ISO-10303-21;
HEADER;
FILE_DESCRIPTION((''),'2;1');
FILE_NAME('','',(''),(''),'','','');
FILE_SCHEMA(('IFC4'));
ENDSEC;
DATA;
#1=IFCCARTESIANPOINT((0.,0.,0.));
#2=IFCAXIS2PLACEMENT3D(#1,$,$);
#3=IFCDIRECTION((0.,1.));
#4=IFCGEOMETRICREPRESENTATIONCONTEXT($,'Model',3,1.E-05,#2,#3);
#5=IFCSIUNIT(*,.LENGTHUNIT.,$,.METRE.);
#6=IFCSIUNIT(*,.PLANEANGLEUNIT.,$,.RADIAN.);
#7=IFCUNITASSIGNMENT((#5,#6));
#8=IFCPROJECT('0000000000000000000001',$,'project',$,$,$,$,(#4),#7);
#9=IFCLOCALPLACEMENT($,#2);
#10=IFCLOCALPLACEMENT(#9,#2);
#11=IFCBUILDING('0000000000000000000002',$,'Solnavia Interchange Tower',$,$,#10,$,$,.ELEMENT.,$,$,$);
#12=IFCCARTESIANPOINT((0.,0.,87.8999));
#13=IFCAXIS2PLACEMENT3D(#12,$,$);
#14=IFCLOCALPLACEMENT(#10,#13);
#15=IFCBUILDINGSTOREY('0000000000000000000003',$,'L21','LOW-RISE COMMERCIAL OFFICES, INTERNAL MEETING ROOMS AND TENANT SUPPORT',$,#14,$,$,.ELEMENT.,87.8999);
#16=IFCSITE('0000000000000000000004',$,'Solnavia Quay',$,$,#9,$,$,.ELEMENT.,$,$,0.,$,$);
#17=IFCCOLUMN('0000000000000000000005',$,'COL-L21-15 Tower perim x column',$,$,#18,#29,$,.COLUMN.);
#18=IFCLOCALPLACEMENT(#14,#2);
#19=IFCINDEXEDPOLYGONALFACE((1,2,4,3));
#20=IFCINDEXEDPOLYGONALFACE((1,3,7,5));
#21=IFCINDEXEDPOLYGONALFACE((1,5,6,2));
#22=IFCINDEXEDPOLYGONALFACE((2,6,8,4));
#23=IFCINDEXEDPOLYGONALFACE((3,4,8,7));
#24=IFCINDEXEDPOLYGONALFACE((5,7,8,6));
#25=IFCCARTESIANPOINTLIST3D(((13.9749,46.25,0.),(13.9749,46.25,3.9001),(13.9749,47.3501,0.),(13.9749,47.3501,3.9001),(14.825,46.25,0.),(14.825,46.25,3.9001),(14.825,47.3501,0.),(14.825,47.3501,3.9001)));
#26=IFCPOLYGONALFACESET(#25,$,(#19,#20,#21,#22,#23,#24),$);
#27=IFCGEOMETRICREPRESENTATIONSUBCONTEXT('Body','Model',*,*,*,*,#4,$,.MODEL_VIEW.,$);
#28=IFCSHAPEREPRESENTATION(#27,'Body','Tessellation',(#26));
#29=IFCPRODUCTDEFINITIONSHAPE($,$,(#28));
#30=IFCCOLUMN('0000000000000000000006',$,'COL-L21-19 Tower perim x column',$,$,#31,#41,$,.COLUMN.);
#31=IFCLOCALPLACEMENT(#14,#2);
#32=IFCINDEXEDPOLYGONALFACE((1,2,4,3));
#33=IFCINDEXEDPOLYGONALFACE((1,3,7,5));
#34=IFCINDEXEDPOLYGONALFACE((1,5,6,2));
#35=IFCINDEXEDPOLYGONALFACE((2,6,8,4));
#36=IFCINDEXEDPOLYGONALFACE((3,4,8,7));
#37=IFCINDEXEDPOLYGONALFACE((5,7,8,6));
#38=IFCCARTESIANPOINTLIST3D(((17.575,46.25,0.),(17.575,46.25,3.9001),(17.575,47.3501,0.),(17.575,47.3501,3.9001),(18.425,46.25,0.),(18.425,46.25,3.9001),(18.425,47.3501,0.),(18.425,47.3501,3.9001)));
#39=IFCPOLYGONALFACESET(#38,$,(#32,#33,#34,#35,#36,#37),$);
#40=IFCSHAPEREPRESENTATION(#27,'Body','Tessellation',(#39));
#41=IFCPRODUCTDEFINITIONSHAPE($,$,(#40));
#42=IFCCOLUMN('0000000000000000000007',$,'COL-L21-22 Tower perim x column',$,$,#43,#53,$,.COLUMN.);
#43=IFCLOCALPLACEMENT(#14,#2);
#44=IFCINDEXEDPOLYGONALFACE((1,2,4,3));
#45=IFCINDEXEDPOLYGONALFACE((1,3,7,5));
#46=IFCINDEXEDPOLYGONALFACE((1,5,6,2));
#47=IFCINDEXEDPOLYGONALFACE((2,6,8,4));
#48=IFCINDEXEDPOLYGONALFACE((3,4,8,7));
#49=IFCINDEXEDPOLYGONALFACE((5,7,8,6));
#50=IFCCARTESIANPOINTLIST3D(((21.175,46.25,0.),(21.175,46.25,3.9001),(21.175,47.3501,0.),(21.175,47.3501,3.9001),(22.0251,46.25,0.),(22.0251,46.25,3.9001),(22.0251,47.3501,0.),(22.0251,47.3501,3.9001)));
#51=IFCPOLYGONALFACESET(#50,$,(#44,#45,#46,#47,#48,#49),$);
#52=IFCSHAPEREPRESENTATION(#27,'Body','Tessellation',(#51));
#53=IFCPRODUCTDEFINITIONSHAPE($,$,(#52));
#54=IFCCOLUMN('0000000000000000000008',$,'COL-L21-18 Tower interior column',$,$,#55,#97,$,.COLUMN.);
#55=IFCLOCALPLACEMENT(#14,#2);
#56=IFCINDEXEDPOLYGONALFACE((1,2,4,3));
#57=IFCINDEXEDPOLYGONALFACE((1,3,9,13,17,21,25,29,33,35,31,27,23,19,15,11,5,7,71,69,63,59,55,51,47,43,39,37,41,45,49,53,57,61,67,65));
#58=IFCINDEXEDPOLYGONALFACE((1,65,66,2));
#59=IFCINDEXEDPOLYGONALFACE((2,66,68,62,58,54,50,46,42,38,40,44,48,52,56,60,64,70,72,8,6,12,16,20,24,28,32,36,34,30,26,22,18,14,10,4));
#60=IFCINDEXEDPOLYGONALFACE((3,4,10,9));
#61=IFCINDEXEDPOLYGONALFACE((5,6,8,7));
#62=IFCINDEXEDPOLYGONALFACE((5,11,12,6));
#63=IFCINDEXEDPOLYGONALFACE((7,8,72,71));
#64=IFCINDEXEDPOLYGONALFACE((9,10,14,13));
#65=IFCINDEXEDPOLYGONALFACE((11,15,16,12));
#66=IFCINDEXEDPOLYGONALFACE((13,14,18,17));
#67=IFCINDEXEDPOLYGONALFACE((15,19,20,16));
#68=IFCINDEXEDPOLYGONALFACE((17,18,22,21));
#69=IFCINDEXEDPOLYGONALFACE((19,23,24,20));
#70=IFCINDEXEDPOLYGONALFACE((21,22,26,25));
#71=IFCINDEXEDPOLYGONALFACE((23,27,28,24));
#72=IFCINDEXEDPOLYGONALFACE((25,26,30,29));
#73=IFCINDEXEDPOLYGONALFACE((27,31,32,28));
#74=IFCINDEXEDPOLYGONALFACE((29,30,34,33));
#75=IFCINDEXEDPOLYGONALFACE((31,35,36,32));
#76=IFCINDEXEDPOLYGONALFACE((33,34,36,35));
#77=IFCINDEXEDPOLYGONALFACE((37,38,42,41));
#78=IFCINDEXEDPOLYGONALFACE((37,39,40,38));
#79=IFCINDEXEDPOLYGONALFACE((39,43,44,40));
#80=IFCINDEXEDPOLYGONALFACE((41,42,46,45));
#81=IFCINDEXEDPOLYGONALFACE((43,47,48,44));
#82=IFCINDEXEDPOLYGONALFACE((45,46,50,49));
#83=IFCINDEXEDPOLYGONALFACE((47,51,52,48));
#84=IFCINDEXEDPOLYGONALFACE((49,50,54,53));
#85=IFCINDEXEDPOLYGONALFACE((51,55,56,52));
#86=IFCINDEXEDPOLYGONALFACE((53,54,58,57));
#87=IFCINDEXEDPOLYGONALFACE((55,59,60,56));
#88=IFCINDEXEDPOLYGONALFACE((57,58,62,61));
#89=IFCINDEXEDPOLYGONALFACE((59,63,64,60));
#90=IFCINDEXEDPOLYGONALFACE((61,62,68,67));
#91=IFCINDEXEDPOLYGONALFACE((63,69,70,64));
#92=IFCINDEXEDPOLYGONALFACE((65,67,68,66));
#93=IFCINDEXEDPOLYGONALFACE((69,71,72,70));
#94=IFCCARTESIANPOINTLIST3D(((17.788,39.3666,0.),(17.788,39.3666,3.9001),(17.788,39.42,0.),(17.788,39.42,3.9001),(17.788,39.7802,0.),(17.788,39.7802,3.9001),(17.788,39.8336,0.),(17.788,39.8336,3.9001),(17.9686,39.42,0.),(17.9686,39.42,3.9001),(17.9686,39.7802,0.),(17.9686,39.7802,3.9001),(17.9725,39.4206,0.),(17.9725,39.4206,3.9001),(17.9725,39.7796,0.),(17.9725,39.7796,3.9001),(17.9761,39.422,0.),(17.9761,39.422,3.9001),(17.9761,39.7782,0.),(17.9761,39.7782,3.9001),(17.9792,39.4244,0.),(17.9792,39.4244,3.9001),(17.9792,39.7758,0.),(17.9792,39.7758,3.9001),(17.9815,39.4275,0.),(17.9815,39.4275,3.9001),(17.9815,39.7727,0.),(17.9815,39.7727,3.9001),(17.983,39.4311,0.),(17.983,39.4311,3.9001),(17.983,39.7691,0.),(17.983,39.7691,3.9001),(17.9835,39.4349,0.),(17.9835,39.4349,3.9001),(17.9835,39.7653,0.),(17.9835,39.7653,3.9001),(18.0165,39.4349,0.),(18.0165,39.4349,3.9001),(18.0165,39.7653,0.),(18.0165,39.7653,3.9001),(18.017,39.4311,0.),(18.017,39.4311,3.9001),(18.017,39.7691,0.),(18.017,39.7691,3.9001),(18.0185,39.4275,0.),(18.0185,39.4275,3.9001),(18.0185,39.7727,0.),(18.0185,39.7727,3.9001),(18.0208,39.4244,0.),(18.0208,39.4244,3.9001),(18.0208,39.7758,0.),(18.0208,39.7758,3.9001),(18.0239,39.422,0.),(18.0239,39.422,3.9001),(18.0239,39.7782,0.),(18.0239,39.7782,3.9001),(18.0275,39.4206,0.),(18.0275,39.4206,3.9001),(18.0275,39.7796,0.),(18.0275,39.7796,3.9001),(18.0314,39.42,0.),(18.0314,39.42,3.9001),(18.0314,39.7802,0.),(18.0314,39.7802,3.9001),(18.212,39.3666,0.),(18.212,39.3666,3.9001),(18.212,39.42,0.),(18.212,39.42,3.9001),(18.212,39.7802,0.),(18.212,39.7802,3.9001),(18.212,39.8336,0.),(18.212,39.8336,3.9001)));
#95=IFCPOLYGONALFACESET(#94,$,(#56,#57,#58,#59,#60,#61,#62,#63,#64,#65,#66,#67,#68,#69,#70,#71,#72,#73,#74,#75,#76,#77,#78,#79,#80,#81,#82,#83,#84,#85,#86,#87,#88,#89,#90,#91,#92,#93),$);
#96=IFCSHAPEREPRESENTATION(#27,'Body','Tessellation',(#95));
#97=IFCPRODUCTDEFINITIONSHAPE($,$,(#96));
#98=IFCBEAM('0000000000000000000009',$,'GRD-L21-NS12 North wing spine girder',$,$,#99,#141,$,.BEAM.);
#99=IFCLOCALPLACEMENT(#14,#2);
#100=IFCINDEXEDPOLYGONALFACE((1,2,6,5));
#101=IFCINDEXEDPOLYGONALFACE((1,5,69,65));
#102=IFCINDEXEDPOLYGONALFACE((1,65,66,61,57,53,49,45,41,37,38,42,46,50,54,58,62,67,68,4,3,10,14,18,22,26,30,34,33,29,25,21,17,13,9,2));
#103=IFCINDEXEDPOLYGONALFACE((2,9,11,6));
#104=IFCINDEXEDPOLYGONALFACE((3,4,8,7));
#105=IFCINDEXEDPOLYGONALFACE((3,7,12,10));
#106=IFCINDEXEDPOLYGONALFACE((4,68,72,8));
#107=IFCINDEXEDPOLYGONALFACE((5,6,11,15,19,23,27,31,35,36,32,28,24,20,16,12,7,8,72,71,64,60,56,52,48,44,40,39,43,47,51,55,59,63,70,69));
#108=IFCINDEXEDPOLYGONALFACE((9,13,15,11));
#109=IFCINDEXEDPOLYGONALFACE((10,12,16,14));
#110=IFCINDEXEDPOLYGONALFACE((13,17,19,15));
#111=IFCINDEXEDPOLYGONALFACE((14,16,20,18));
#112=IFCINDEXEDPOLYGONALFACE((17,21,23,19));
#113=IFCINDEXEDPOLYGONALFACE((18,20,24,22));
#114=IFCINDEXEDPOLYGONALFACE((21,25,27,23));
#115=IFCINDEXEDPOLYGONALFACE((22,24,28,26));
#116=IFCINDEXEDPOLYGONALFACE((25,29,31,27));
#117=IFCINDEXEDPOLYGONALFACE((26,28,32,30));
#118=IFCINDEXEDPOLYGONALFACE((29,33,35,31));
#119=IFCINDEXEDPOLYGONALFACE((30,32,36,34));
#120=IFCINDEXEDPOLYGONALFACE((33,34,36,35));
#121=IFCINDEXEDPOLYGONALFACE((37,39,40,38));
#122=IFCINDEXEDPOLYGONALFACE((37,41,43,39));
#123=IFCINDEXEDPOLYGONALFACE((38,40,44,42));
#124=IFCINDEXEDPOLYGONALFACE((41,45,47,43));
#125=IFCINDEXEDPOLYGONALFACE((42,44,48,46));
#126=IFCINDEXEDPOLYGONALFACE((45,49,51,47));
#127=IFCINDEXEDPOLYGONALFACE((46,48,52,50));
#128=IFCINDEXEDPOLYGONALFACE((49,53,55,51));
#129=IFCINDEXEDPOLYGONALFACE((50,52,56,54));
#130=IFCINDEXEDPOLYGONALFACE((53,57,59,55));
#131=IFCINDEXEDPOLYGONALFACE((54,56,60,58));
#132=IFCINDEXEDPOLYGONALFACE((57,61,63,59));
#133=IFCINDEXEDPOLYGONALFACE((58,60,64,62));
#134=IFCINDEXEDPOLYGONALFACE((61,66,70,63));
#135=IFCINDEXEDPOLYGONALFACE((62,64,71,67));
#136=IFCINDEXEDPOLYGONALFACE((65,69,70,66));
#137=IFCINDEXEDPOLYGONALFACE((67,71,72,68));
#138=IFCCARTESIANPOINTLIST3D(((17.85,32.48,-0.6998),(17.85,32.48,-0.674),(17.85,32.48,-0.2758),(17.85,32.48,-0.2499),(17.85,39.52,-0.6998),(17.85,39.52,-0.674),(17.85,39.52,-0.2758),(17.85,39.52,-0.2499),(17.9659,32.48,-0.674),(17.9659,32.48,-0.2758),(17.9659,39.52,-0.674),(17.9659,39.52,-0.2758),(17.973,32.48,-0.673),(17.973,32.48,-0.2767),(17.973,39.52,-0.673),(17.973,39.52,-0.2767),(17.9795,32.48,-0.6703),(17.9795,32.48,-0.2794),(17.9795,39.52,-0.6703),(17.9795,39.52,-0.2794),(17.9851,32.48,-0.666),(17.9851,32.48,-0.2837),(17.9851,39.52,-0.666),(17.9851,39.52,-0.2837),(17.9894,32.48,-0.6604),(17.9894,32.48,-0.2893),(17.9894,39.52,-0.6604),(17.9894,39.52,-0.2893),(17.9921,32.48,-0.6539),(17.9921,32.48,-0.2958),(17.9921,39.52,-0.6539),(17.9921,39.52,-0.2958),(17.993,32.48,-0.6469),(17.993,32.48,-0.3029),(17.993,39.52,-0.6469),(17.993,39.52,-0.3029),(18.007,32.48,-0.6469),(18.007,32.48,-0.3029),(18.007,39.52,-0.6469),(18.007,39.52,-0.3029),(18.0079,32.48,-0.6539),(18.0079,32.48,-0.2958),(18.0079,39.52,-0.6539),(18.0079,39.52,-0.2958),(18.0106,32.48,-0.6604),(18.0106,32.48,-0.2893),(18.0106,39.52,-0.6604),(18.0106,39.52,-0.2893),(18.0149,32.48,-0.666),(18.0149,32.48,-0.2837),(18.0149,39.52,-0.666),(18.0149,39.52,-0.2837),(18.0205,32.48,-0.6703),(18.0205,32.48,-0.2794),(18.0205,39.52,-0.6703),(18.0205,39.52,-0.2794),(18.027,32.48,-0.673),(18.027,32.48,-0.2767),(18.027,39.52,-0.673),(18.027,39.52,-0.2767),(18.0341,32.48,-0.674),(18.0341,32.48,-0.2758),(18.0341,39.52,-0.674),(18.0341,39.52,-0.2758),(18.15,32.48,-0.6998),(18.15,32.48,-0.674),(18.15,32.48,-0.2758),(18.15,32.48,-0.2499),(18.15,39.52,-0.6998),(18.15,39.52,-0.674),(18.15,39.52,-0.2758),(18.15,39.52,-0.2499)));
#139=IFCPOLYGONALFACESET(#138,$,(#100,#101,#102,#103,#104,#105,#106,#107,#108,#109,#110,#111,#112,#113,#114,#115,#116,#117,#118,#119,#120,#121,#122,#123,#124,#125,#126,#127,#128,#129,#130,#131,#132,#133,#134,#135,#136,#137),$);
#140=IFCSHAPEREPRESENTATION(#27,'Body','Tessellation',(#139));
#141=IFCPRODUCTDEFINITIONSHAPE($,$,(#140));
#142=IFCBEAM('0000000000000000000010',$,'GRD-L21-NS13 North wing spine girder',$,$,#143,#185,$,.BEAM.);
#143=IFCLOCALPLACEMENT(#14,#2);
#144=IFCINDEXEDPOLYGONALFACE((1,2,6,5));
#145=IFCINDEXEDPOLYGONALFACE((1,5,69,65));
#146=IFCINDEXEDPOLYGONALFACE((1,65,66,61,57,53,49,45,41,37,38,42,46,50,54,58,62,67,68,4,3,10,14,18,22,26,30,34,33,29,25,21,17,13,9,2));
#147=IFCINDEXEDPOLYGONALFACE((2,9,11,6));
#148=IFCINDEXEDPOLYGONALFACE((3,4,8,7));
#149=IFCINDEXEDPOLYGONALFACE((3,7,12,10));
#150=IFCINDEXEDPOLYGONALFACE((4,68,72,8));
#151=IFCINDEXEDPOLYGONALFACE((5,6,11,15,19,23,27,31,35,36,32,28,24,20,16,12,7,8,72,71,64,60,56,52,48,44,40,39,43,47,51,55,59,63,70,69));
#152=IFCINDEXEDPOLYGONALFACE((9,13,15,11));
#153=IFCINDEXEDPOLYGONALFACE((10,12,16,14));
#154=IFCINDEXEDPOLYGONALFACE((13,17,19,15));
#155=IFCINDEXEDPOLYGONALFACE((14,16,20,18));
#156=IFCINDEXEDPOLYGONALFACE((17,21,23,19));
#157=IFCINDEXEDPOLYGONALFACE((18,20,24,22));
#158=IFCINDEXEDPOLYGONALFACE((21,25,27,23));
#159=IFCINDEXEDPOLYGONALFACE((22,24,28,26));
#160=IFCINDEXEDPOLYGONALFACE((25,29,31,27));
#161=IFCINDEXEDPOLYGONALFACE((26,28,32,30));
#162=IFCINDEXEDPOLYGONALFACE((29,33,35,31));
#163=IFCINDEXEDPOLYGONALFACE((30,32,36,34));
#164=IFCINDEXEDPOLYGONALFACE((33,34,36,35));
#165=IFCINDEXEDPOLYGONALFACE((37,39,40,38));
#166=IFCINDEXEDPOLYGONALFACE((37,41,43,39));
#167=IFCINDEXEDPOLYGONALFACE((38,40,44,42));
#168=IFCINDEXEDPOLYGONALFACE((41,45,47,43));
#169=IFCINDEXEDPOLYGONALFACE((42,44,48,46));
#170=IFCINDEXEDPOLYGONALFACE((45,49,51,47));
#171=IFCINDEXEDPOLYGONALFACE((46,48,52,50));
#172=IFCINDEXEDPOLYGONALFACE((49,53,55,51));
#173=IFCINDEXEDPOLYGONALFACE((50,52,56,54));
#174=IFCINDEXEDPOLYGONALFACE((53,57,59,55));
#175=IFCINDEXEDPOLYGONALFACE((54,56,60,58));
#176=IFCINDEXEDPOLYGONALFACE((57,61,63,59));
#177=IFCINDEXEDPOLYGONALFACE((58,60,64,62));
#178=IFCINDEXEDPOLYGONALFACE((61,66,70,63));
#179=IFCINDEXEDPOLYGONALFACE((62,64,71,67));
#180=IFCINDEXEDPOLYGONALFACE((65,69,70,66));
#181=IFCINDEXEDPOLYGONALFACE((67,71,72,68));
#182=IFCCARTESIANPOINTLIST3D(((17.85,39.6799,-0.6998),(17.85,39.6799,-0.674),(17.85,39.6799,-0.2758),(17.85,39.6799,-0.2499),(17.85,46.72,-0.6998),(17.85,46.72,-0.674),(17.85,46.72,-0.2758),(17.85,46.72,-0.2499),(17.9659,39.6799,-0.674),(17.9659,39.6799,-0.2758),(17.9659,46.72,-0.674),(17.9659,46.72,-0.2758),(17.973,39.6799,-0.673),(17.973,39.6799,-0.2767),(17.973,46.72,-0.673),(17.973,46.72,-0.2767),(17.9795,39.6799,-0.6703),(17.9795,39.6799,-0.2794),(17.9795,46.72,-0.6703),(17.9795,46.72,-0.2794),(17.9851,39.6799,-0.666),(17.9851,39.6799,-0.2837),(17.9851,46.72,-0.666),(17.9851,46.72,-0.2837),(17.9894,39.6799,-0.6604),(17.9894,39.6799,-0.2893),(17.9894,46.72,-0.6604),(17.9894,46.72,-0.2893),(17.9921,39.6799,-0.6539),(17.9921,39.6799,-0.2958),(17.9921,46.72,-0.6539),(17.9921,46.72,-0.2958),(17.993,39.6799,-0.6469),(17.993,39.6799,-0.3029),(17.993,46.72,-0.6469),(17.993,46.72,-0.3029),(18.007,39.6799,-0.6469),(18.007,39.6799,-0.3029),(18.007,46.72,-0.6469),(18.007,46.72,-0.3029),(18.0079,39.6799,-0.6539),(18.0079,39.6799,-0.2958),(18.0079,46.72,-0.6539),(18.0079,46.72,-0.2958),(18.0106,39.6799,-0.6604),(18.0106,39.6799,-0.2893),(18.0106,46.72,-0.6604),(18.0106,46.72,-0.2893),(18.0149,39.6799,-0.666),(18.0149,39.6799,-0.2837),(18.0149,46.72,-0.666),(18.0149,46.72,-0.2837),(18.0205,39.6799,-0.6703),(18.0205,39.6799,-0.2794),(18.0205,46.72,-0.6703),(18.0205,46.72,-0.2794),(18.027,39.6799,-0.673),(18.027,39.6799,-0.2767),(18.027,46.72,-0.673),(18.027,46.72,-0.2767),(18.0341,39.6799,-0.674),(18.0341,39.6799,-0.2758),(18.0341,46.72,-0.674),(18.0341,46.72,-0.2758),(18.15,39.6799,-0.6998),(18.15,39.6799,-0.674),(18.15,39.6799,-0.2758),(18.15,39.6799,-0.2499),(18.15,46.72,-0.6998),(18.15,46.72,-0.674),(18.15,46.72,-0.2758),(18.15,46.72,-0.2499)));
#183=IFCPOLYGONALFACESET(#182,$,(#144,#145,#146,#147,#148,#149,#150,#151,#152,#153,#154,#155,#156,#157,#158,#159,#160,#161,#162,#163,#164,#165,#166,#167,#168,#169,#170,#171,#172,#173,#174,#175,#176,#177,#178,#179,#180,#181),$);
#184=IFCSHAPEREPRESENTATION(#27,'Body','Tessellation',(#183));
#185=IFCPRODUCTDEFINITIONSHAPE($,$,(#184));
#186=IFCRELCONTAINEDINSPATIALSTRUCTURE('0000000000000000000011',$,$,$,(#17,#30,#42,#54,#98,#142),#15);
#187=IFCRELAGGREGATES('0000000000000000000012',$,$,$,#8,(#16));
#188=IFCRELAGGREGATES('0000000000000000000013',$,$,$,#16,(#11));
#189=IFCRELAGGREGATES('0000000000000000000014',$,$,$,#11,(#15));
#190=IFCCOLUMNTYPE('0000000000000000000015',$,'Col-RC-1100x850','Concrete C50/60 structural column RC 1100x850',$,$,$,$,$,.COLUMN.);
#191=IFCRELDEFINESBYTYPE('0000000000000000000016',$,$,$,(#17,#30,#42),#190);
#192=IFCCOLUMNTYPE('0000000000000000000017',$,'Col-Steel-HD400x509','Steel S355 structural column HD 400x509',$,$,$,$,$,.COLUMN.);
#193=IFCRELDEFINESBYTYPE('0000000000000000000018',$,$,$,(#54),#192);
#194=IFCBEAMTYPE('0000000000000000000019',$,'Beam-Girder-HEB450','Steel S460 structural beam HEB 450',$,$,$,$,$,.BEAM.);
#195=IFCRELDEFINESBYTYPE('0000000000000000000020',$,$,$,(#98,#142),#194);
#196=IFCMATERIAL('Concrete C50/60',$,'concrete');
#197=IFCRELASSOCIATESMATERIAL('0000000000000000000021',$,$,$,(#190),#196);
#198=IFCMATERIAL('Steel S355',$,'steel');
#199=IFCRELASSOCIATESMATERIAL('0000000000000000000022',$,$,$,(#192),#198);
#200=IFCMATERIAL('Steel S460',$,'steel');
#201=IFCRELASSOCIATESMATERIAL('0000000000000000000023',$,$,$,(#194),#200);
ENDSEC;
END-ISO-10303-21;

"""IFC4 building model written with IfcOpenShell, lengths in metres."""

from ifc_helpers import new_model, si_unit, direction, frame, origin, origin_2d, place, context, subcontext, project, spatial, rectangle, i_section, extrude, material, material_profile, profile_set, type_object, element, save


model = new_model("IFC4")

# Units and contexts
model_context = context("Model", 3, precision=1e-05, world=origin(), true_north=direction((0.0, 1.0)))
body_context = subcontext(model_context, "Body", "Model", "MODEL_VIEW")
ifc_project = project(units=[si_unit("LENGTHUNIT", "METRE"), si_unit("PLANEANGLEUNIT", "RADIAN")], contexts=[model_context])

# Site, building, storey
site_placement = place(None, origin())
site = spatial("IfcSite", under=ifc_project, at=site_placement, Name="Solnavia Quay", CompositionType="ELEMENT", RefElevation=0.0)
building_placement = place(site_placement, origin())
building = spatial("IfcBuilding", under=site, at=building_placement, Name="Solnavia Interchange Tower", CompositionType="ELEMENT")
storey_placement = place(building_placement, frame((0.0, 0.0, 87.8999)))
storey = spatial("IfcBuildingStorey", under=building, at=storey_placement, Name="L21", Description="LOW-RISE COMMERCIAL OFFICES, INTERNAL MEETING ROOMS AND TENANT SUPPORT", CompositionType="ELEMENT", Elevation=87.8999)

# Columns
ifc_material_1 = material(Name="Concrete C50/60", Category="concrete")
ifc_material_profile_1 = material_profile(ifc_material_1, rectangle(XDim=0.8501, YDim=1.1001, at=origin_2d()), Name="RC 1100x850")
ifc_profile_set_1 = profile_set([ifc_material_profile_1], Name="Concrete C50/60")
column_type_1 = type_object("IfcColumnType", Name="Col-RC-1100x850", Description="Concrete C50/60 structural column RC 1100x850", PredefinedType="COLUMN", material=ifc_profile_set_1)
for number, where, z_axis, x_axis, name in (
    (1, (14.3999, 46.8, 0.0), (0.0, 0.0, 1.0), (1.0, 0.0, 0.0), "COL-L21-15 Tower perim x column"),
    (2, (18.0, 46.8, 0.0), (0.0, 0.0, 1.0), (1.0, 0.0, 0.0), "COL-L21-19 Tower perim x column"),
    (3, (21.6001, 46.8, 0.0), (0.0, 0.0, 1.0), (1.0, 0.0, 0.0), "COL-L21-22 Tower perim x column"),
):
    element("IfcColumn", number, at=place(storey_placement, frame(where, z_axis=z_axis, x_axis=x_axis)), inside=storey, type_object=column_type_1, Name=name, PredefinedType="COLUMN", context=body_context, shape_type="SweptSolid", body=[
        extrude(rectangle(XDim=0.8501, YDim=1.1001, at=origin_2d()), origin(), (0.0, 0.0, 1.0), 3.9001),
    ])
ifc_material_2 = material(Name="Steel S355", Category="steel")
ifc_material_profile_2 = material_profile(ifc_material_2, i_section(OverallWidth=0.4241, OverallDepth=0.467, WebThickness=0.033, FlangeThickness=0.0535, FilletRadius=0.0149, at=origin_2d()), Name="HD 400x509")
ifc_profile_set_2 = profile_set([ifc_material_profile_2], Name="Steel S355")
column_type_2 = type_object("IfcColumnType", Name="Col-Steel-HD400x509", Description="Steel S355 structural column HD 400x509", PredefinedType="COLUMN", material=ifc_profile_set_2)
column_placement = place(storey_placement, frame((18.0, 39.6001, 0.0), z_axis=(0.0, 0.0, 1.0), x_axis=(1.0, 0.0, 0.0)))
element("IfcColumn", 4, at=column_placement, inside=storey, type_object=column_type_2, Name="COL-L21-18 Tower interior column", PredefinedType="COLUMN", context=body_context, shape_type="SweptSolid", body=[
    extrude(i_section(OverallWidth=0.4241, OverallDepth=0.467, WebThickness=0.033, FlangeThickness=0.0535, FilletRadius=0.0149, at=origin_2d()), origin(), (0.0, 0.0, 1.0), 3.9001),
])

# Beams
ifc_material_3 = material(Name="Steel S460", Category="steel")
ifc_material_profile_3 = material_profile(ifc_material_3, i_section(OverallWidth=0.3, OverallDepth=0.45, WebThickness=0.0139, FlangeThickness=0.0259, FilletRadius=0.0271, at=origin_2d()), Name="HEB 450")
ifc_profile_set_3 = profile_set([ifc_material_profile_3], Name="Steel S460")
beam_type_1 = type_object("IfcBeamType", Name="Beam-Girder-HEB450", Description="Steel S460 structural beam HEB 450", PredefinedType="BEAM", material=ifc_profile_set_3)
for number, where, z_axis, x_axis, name in (
    (5, (18.0, 32.48, -0.4749), (0.0, 1.0, 0.0), (-1.0, 0.0, 0.0), "GRD-L21-NS12 North wing spine girder"),
    (6, (18.0, 39.6799, -0.4749), (0.0, 1.0, 0.0), (-1.0, 0.0, 0.0), "GRD-L21-NS13 North wing spine girder"),
):
    element("IfcBeam", number, at=place(storey_placement, frame(where, z_axis=z_axis, x_axis=x_axis)), inside=storey, type_object=beam_type_1, Name=name, PredefinedType="BEAM", context=body_context, shape_type="SweptSolid", body=[
        extrude(i_section(OverallWidth=0.3, OverallDepth=0.45, WebThickness=0.0139, FlangeThickness=0.0259, FilletRadius=0.0271, at=origin_2d()), origin(), (0.0, 0.0, 1.0), 7.04),
    ])

save(model, "model.ifc")
